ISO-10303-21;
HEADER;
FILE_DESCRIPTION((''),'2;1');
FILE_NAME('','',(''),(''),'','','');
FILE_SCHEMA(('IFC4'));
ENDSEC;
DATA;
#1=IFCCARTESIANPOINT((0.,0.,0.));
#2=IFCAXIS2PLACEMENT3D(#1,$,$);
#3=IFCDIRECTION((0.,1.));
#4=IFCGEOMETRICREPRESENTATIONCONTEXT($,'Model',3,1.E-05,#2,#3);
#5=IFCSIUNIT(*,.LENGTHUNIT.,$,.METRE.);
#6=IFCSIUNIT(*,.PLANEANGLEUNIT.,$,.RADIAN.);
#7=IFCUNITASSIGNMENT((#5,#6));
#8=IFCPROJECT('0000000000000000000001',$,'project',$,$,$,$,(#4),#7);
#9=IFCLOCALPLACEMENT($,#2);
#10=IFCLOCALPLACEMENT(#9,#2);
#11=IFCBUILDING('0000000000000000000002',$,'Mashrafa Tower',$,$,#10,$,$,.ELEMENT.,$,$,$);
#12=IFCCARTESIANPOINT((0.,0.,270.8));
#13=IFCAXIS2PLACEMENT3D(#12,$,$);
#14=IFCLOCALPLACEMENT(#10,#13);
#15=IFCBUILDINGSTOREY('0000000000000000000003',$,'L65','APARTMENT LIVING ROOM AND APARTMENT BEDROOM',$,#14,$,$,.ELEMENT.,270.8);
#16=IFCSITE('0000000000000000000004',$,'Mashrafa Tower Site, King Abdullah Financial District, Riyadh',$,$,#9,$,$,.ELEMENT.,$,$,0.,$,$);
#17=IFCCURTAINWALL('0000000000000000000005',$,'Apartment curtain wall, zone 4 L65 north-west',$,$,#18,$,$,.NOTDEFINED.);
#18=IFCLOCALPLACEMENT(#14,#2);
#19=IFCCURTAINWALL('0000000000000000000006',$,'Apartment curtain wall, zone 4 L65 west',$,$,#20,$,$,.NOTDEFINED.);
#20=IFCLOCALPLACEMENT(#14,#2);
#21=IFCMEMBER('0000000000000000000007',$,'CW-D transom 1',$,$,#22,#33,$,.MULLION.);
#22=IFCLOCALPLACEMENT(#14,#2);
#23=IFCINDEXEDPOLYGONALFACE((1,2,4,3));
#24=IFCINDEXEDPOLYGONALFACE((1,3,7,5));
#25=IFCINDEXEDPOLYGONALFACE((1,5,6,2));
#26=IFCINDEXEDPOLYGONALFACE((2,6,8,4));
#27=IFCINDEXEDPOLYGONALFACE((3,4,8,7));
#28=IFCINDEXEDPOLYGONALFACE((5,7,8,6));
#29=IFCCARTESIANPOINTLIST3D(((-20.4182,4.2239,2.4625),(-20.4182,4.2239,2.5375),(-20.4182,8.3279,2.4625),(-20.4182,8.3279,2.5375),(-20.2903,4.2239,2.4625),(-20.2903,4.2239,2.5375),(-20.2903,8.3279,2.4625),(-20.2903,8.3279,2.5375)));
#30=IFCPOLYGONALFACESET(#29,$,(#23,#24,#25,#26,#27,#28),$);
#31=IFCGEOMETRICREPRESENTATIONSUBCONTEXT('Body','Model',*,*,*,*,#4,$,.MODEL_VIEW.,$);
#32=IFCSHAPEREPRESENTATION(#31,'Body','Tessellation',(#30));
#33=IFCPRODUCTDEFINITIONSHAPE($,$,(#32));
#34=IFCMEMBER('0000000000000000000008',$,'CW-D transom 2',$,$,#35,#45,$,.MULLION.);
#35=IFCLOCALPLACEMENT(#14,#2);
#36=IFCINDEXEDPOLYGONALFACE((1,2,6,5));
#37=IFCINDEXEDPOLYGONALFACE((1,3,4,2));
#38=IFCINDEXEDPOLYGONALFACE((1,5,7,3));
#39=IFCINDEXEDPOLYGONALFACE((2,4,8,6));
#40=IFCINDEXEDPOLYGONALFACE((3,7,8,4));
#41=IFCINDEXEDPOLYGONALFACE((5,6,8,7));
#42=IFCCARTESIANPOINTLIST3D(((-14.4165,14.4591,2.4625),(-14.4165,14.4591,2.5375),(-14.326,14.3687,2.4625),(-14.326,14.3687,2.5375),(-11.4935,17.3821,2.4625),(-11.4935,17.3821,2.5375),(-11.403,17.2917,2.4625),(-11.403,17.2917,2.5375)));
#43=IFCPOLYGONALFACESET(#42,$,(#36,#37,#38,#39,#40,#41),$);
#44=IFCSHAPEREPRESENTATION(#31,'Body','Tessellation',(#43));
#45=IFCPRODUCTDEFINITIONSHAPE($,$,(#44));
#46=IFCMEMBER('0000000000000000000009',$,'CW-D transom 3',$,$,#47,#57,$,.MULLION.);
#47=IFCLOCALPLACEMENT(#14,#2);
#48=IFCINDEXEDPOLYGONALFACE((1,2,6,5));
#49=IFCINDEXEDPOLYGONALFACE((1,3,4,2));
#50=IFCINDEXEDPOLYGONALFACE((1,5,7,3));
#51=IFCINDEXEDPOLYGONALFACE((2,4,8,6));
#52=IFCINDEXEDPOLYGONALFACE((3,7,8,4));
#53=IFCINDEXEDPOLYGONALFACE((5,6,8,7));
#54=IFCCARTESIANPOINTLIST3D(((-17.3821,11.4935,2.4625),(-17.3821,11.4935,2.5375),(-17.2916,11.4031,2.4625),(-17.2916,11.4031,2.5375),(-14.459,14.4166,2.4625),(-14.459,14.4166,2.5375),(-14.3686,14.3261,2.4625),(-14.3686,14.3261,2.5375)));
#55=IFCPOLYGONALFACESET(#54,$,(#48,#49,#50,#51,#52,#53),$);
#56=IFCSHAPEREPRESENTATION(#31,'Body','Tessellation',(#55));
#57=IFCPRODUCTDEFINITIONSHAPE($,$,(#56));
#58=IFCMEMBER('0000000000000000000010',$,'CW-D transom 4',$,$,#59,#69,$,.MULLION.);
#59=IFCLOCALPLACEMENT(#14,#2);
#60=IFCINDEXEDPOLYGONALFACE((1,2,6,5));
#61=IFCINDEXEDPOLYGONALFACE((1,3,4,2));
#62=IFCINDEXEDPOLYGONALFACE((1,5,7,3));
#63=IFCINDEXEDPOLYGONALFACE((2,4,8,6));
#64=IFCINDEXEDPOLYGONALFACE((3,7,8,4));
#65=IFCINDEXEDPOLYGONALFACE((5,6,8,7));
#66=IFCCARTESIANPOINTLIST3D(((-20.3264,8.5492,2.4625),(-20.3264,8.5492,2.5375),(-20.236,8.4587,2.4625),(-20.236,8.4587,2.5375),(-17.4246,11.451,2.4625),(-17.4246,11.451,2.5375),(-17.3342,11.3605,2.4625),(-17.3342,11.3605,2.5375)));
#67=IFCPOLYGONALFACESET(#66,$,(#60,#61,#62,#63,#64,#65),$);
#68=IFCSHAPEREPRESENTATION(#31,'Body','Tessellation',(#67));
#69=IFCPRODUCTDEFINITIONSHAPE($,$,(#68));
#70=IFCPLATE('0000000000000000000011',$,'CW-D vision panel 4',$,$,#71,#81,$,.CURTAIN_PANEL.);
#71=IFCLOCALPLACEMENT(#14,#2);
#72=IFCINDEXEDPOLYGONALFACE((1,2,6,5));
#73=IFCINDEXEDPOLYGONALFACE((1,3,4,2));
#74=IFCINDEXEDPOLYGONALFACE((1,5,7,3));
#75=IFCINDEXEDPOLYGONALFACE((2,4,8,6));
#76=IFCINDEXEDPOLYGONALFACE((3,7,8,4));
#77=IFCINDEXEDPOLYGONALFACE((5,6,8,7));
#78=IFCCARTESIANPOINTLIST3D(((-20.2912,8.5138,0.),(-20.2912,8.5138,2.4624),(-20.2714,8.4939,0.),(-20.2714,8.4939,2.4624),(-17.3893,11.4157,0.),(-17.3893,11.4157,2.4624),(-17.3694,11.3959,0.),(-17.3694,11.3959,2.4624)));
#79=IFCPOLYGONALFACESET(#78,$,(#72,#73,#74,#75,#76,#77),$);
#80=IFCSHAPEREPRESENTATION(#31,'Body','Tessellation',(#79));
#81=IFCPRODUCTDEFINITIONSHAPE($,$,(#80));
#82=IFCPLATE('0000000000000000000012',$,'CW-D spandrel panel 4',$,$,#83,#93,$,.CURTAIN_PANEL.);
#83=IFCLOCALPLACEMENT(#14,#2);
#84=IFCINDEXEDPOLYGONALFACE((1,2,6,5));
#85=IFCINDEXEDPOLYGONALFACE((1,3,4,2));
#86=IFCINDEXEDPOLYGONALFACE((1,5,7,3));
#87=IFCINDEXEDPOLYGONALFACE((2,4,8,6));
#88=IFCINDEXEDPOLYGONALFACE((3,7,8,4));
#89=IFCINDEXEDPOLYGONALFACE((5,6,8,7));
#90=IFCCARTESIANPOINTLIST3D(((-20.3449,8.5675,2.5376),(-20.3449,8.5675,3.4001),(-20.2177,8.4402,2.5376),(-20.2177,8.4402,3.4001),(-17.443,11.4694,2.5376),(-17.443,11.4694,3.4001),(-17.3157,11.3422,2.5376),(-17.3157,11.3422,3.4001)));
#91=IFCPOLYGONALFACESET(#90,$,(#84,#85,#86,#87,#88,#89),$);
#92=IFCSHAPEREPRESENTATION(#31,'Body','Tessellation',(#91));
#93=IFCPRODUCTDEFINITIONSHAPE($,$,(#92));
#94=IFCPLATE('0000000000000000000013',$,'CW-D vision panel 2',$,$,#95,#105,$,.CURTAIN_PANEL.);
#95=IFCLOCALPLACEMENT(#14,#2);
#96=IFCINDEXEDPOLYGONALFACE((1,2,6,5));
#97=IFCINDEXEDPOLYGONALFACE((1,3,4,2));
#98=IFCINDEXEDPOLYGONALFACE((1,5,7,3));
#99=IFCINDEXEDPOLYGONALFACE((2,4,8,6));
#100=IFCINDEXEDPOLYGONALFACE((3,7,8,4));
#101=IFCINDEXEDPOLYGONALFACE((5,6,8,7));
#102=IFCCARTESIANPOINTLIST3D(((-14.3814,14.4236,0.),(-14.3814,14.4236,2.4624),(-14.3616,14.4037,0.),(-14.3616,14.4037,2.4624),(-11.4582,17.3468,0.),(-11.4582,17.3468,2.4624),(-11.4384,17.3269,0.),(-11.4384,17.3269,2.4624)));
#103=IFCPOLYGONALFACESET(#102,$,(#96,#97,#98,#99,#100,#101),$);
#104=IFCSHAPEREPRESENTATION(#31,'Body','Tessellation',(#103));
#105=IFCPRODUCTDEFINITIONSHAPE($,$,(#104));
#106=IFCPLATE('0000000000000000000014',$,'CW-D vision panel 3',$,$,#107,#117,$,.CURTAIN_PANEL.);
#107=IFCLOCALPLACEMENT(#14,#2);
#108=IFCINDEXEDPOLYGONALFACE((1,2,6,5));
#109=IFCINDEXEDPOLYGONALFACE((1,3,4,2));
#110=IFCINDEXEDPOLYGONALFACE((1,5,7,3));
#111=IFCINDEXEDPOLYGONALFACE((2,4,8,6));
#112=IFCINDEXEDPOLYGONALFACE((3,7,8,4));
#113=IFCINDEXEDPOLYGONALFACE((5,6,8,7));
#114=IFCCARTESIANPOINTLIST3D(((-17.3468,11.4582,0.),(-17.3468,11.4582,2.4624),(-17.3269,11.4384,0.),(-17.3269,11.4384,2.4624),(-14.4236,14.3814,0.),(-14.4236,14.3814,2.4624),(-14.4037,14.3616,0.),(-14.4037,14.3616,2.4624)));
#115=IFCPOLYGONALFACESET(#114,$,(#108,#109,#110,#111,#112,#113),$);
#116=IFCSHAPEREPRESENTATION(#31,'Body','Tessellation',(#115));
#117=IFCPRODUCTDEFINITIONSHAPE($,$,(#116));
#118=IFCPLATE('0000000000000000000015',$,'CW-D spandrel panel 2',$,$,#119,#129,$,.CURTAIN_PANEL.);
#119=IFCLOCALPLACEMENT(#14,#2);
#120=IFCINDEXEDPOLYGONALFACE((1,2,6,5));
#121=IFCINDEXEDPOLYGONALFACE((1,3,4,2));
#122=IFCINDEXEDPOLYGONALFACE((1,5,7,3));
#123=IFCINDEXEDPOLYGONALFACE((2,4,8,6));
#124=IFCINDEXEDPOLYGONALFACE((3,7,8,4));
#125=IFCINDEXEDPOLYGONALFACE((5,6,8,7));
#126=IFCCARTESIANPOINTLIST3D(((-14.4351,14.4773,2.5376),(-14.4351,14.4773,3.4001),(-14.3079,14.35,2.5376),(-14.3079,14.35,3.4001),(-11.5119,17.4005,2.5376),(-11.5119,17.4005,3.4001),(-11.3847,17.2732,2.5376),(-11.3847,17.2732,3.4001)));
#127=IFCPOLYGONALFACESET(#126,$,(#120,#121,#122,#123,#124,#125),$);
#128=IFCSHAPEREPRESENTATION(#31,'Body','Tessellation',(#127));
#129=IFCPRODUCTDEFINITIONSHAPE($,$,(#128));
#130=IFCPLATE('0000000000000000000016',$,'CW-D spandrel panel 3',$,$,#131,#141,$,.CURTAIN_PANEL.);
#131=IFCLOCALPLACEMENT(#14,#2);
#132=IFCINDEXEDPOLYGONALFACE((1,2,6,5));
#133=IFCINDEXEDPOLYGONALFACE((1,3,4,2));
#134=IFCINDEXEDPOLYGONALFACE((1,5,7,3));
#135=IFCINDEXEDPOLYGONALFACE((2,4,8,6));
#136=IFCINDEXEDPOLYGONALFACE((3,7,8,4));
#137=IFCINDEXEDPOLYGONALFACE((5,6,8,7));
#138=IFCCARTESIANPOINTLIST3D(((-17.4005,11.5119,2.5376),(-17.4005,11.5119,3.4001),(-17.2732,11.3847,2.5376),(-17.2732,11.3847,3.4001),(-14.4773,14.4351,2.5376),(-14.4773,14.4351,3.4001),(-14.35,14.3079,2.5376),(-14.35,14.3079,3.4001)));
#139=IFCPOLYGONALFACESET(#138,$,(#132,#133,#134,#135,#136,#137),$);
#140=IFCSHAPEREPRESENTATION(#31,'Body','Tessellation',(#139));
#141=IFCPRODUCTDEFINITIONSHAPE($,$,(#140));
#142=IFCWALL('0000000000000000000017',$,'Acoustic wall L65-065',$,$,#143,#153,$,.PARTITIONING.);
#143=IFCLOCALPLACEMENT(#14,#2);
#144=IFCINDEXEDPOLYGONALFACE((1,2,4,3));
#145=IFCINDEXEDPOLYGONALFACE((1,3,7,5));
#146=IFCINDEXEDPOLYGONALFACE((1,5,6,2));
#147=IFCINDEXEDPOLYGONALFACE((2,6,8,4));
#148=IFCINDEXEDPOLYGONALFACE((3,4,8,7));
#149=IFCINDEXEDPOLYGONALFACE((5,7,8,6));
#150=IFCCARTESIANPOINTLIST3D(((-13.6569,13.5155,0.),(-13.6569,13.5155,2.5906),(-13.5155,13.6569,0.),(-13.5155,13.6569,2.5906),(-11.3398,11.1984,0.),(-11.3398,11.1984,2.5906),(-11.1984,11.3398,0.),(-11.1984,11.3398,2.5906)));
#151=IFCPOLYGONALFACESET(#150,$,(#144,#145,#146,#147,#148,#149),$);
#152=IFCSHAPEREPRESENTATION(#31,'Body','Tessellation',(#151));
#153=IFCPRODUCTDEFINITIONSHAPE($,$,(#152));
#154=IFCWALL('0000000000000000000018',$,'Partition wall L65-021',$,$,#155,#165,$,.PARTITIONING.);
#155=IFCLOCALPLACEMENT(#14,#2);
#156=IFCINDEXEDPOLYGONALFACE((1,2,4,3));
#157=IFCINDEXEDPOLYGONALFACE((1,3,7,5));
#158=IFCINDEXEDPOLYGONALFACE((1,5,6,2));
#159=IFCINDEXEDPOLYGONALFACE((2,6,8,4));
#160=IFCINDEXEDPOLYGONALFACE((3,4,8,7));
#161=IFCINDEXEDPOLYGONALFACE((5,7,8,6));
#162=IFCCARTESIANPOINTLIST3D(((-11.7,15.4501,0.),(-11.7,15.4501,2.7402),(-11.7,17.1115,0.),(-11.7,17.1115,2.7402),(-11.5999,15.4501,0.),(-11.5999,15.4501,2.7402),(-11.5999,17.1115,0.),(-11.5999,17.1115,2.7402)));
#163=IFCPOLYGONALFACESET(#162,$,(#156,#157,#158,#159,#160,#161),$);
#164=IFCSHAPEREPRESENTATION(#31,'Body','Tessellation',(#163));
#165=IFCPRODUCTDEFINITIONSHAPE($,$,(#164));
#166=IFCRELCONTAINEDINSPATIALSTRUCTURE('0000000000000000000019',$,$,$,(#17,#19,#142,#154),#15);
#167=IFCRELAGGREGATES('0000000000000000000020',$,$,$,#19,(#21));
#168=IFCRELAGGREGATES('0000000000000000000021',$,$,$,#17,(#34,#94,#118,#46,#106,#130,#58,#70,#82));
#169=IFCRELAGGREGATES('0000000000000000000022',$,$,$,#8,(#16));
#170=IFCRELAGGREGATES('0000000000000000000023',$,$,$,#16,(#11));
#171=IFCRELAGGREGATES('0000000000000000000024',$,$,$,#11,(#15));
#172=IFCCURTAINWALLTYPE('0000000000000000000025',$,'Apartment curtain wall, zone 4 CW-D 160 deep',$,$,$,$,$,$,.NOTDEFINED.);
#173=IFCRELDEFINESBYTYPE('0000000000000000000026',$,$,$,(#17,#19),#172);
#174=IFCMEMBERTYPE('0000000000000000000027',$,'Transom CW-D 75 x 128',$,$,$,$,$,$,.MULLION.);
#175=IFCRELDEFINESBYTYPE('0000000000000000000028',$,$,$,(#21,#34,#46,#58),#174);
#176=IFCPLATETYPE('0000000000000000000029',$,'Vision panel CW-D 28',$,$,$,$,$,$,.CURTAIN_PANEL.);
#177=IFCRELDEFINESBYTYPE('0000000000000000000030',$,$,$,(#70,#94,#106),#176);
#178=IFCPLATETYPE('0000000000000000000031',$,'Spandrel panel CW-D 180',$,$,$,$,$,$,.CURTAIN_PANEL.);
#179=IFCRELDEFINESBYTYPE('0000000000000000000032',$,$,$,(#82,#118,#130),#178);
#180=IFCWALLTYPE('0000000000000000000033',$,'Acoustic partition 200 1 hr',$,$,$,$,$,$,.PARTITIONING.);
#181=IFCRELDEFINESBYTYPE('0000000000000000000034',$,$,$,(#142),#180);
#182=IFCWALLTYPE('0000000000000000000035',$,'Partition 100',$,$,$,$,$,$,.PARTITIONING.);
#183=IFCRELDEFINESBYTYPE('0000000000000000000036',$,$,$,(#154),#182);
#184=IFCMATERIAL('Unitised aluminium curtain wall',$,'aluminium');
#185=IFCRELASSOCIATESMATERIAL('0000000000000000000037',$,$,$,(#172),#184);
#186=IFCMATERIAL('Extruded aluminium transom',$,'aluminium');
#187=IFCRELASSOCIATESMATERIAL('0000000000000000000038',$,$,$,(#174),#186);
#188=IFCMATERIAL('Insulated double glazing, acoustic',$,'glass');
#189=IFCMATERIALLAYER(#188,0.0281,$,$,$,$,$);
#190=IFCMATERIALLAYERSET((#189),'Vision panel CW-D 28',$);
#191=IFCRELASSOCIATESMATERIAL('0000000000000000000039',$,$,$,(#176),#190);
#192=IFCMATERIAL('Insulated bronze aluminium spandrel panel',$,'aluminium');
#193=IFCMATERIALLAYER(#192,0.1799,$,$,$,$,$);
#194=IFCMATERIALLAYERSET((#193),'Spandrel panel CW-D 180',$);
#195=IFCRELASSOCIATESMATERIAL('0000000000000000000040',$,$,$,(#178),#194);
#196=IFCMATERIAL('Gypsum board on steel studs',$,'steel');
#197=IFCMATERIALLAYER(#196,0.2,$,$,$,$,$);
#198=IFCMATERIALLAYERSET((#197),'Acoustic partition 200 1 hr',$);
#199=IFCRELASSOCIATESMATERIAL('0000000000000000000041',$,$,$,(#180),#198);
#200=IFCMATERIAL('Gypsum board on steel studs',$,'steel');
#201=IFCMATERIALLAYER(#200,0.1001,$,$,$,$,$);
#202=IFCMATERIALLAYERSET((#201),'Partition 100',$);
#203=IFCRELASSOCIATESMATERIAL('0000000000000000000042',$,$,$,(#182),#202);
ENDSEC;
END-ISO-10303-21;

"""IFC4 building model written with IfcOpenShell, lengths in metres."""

from ifc_helpers import new_model, si_unit, direction, frame, frame_2d, origin, origin_2d, place, context, subcontext, project, spatial, rectangle, extrude, source, transform, mapped, material, layer, layer_set, material_profile, profile_set, type_object, type_shapes, element, aggregate, save


model = new_model("IFC4")

# Units and contexts
model_context = context("Model", 3, precision=1e-05, world=origin(), true_north=direction((0.0, 1.0)))
body_context = subcontext(model_context, "Body", "Model", "MODEL_VIEW")
ifc_project = project(units=[si_unit("LENGTHUNIT", "METRE"), si_unit("PLANEANGLEUNIT", "RADIAN")], contexts=[model_context])

# Site, building, storey
site_placement = place(None, origin())
site = spatial("IfcSite", under=ifc_project, at=site_placement, Name="Mashrafa Tower Site, King Abdullah Financial District, Riyadh", CompositionType="ELEMENT", RefElevation=0.0)
building_placement = place(site_placement, origin())
building = spatial("IfcBuilding", under=site, at=building_placement, Name="Mashrafa Tower", CompositionType="ELEMENT")
storey_placement = place(building_placement, frame((0.0, 0.0, 270.8)))
storey = spatial("IfcBuildingStorey", under=building, at=storey_placement, Name="L65", Description="APARTMENT LIVING ROOM AND APARTMENT BEDROOM", CompositionType="ELEMENT", Elevation=270.8)

# Curtain walls, member
ifc_material_1 = material(Name="Unitised aluminium curtain wall", Category="aluminium")
curtain_wall_type = type_object("IfcCurtainWallType", Name="Apartment curtain wall, zone 4 CW-D 160 deep", PredefinedType="NOTDEFINED", material=ifc_material_1)
curtain_wall_1_placement = place(storey_placement, origin())
curtain_wall_1 = element("IfcCurtainWall", 1, at=curtain_wall_1_placement, inside=storey, type_object=curtain_wall_type, Name="Apartment curtain wall, zone 4 L65 north-west", PredefinedType="NOTDEFINED")
curtain_wall_2_placement = place(storey_placement, origin())
curtain_wall_2 = element("IfcCurtainWall", 2, at=curtain_wall_2_placement, inside=storey, type_object=curtain_wall_type, Name="Apartment curtain wall, zone 4 L65 west", PredefinedType="NOTDEFINED")
ifc_material_2 = material(Name="Extruded aluminium transom", Category="aluminium")
ifc_material_profile_1 = material_profile(ifc_material_2, rectangle(XDim=0.1279, YDim=0.075, at=origin_2d()), Name="Transom 75x128")
ifc_profile_set_1 = profile_set([ifc_material_profile_1], Name="Extruded aluminium transom")
member_type_1 = type_object("IfcMemberType", Name="Transom CW-D 75 x 128", PredefinedType="MULLION", material=ifc_profile_set_1)
shared_shape_1 = source(origin(), body_context, "Body", "SweptSolid", [
    extrude(rectangle(XDim=0.1279, YDim=0.075, at=origin_2d()), origin(), (0.0, 0.0, 1.0), 4.104),
])
member_1_placement = place(storey_placement, frame((-20.3542, 8.3279, 2.5), z_axis=(0.0, -1.0, 0.0), x_axis=(1.0, 0.0, 0.0)))
member_1 = element("IfcMember", 3, at=member_1_placement, type_object=member_type_1, Name="CW-D transom 1", PredefinedType="MULLION", context=body_context, shape_type="MappedRepresentation", body=[
    mapped(shared_shape_1, transform((0.0, 0.0, 0.0))),
])
aggregate(curtain_wall_2, [member_1])

# Members
shared_shape_2 = source(origin(), body_context, "Body", "SweptSolid", [
    extrude(rectangle(XDim=0.1279, YDim=0.075, at=origin_2d()), origin(), (0.0, 0.0, 1.0), 4.1338),
])
member_2_placement = place(storey_placement, frame((-11.4482, 17.3369, 2.5), z_axis=(-0.707107, -0.707107, 0.0), x_axis=(0.707107, -0.707107, 0.0)))
member_2 = element("IfcMember", 4, at=member_2_placement, type_object=member_type_1, Name="CW-D transom 2", PredefinedType="MULLION", context=body_context, shape_type="MappedRepresentation", body=[
    mapped(shared_shape_2, transform((0.0, 0.0, 0.0))),
])
member_3_placement = place(storey_placement, frame((-14.4138, 14.3713, 2.5), z_axis=(-0.707107, -0.707107, 0.0), x_axis=(0.707107, -0.707107, 0.0)))
member_3 = element("IfcMember", 5, at=member_3_placement, type_object=member_type_1, Name="CW-D transom 3", PredefinedType="MULLION", context=body_context, shape_type="MappedRepresentation", body=[
    mapped(shared_shape_2, transform((0.0, 0.0, 0.0))),
])
shared_shape_3 = source(origin(), body_context, "Body", "SweptSolid", [
    extrude(rectangle(XDim=0.1279, YDim=0.075, at=origin_2d()), origin(), (0.0, 0.0, 1.0), 4.1038),
])
type_shapes(member_type_1, [shared_shape_1, shared_shape_2, shared_shape_3])
member_4_placement = place(storey_placement, frame((-17.3794, 11.4058, 2.5), z_axis=(-0.707107, -0.707107, 0.0), x_axis=(0.707107, -0.707107, 0.0)))
member_4 = element("IfcMember", 6, at=member_4_placement, type_object=member_type_1, Name="CW-D transom 4", PredefinedType="MULLION", context=body_context, shape_type="MappedRepresentation", body=[
    mapped(shared_shape_3, transform((0.0, 0.0, 0.0))),
])

# Plates
ifc_material_3 = material(Name="Insulated double glazing, acoustic", Category="glass")
ifc_layer_1 = layer(ifc_material_3, 0.0281)
ifc_layer_set_1 = layer_set([ifc_layer_1], Name="Vision panel CW-D 28")
plate_type_1 = type_object("IfcPlateType", Name="Vision panel CW-D 28", PredefinedType="CURTAIN_PANEL", material=ifc_layer_set_1)
shared_shape_4 = source(origin(), body_context, "Body", "SweptSolid", [
    extrude(rectangle(XDim=4.104, YDim=0.0281, at=origin_2d()), origin(), (0.0, 0.0, 1.0), 2.4624),
])
plate_1_placement = place(storey_placement, frame((-18.8303, 9.9548, 0.0), z_axis=(0.0, 0.0, 1.0), x_axis=(-0.707107, -0.707107, 0.0)))
plate_1 = element("IfcPlate", 7, at=plate_1_placement, type_object=plate_type_1, Name="CW-D vision panel 4", PredefinedType="CURTAIN_PANEL", context=body_context, shape_type="MappedRepresentation", body=[
    mapped(shared_shape_4, transform((0.0, 0.0, 0.0))),
])
ifc_material_4 = material(Name="Insulated bronze aluminium spandrel panel", Category="aluminium")
ifc_layer_2 = layer(ifc_material_4, 0.1799)
ifc_layer_set_2 = layer_set([ifc_layer_2], Name="Spandrel panel CW-D 180")
plate_type_2 = type_object("IfcPlateType", Name="Spandrel panel CW-D 180", PredefinedType="CURTAIN_PANEL", material=ifc_layer_set_2)
shared_shape_5 = source(origin(), body_context, "Body", "SweptSolid", [
    extrude(rectangle(XDim=4.104, YDim=0.1799, at=origin_2d()), origin(), (0.0, 0.0, 1.0), 0.8625),
])
plate_2_placement = place(storey_placement, frame((-18.8303, 9.9548, 2.5376), z_axis=(0.0, 0.0, 1.0), x_axis=(-0.707107, -0.707107, 0.0)))
plate_2 = element("IfcPlate", 8, at=plate_2_placement, type_object=plate_type_2, Name="CW-D spandrel panel 4", PredefinedType="CURTAIN_PANEL", context=body_context, shape_type="MappedRepresentation", body=[
    mapped(shared_shape_5, transform((0.0, 0.0, 0.0))),
])
shared_shape_6 = source(origin(), body_context, "Body", "SweptSolid", [
    extrude(rectangle(XDim=4.134, YDim=0.0281, at=origin_2d()), origin(), (0.0, 0.0, 1.0), 2.4624),
])
type_shapes(plate_type_1, [shared_shape_4, shared_shape_6])
plate_3_placement = place(storey_placement, frame((-12.9099, 15.8752, 0.0), z_axis=(0.0, 0.0, 1.0), x_axis=(-0.707107, -0.707107, 0.0)))
plate_3 = element("IfcPlate", 9, at=plate_3_placement, type_object=plate_type_1, Name="CW-D vision panel 2", PredefinedType="CURTAIN_PANEL", context=body_context, shape_type="MappedRepresentation", body=[
    mapped(shared_shape_6, transform((0.0, 0.0, 0.0))),
])
plate_4_placement = place(storey_placement, frame((-15.8752, 12.9099, 0.0), z_axis=(0.0, 0.0, 1.0), x_axis=(-0.707107, -0.707107, 0.0)))
plate_4 = element("IfcPlate", 10, at=plate_4_placement, type_object=plate_type_1, Name="CW-D vision panel 3", PredefinedType="CURTAIN_PANEL", context=body_context, shape_type="MappedRepresentation", body=[
    mapped(shared_shape_6, transform((0.0, 0.0, 0.0))),
])
shared_shape_7 = source(origin(), body_context, "Body", "SweptSolid", [
    extrude(rectangle(XDim=4.134, YDim=0.1799, at=origin_2d()), origin(), (0.0, 0.0, 1.0), 0.8625),
])
type_shapes(plate_type_2, [shared_shape_5, shared_shape_7])
plate_5_placement = place(storey_placement, frame((-12.9099, 15.8752, 2.5376), z_axis=(0.0, 0.0, 1.0), x_axis=(-0.707107, -0.707107, 0.0)))
plate_5 = element("IfcPlate", 11, at=plate_5_placement, type_object=plate_type_2, Name="CW-D spandrel panel 2", PredefinedType="CURTAIN_PANEL", context=body_context, shape_type="MappedRepresentation", body=[
    mapped(shared_shape_7, transform((0.0, 0.0, 0.0))),
])
plate_6_placement = place(storey_placement, frame((-15.8752, 12.9099, 2.5376), z_axis=(0.0, 0.0, 1.0), x_axis=(-0.707107, -0.707107, 0.0)))
plate_6 = element("IfcPlate", 12, at=plate_6_placement, type_object=plate_type_2, Name="CW-D spandrel panel 3", PredefinedType="CURTAIN_PANEL", context=body_context, shape_type="MappedRepresentation", body=[
    mapped(shared_shape_7, transform((0.0, 0.0, 0.0))),
])
aggregate(curtain_wall_1, [member_2, plate_3, plate_5, member_3, plate_4, plate_6, member_4, plate_1, plate_2])

# Walls
ifc_material_5 = material(Name="Gypsum board on steel studs", Category="steel")
ifc_layer_3 = layer(ifc_material_5, 0.2)
ifc_layer_set_3 = layer_set([ifc_layer_3], Name="Acoustic partition 200 1 hr")
wall_type_1 = type_object("IfcWallType", Name="Acoustic partition 200 1 hr", PredefinedType="PARTITIONING", material=ifc_layer_set_3)
wall_1_placement = place(storey_placement, frame((-13.5862, 13.5862, 0.0), z_axis=(0.0, 0.0, 1.0), x_axis=(0.707107, -0.707107, 0.0)))
element("IfcWall", 13, at=wall_1_placement, inside=storey, type_object=wall_type_1, Name="Acoustic wall L65-065", PredefinedType="PARTITIONING", context=body_context, shape_type="SweptSolid", body=[
    extrude(rectangle(XDim=3.2769, YDim=0.2, at=frame_2d((1.6384, 0.0))), origin(), (0.0, 0.0, 1.0), 2.5906),
])
ifc_material_6 = material(Name="Gypsum board on steel studs", Category="steel")
ifc_layer_4 = layer(ifc_material_6, 0.1001)
ifc_layer_set_4 = layer_set([ifc_layer_4], Name="Partition 100")
wall_type_2 = type_object("IfcWallType", Name="Partition 100", PredefinedType="PARTITIONING", material=ifc_layer_set_4)
wall_2_placement = place(storey_placement, frame((-11.6499, 17.1113, 0.0), z_axis=(0.0, 0.0, 1.0), x_axis=(0.0, -1.0, 0.0)))
element("IfcWall", 14, at=wall_2_placement, inside=storey, type_object=wall_type_2, Name="Partition wall L65-021", PredefinedType="PARTITIONING", context=body_context, shape_type="SweptSolid", body=[
    extrude(rectangle(XDim=1.6614, YDim=0.1001, at=frame_2d((0.8306, 0.0))), origin(), (0.0, 0.0, 1.0), 2.7402),
])

save(model, "model.ifc")
